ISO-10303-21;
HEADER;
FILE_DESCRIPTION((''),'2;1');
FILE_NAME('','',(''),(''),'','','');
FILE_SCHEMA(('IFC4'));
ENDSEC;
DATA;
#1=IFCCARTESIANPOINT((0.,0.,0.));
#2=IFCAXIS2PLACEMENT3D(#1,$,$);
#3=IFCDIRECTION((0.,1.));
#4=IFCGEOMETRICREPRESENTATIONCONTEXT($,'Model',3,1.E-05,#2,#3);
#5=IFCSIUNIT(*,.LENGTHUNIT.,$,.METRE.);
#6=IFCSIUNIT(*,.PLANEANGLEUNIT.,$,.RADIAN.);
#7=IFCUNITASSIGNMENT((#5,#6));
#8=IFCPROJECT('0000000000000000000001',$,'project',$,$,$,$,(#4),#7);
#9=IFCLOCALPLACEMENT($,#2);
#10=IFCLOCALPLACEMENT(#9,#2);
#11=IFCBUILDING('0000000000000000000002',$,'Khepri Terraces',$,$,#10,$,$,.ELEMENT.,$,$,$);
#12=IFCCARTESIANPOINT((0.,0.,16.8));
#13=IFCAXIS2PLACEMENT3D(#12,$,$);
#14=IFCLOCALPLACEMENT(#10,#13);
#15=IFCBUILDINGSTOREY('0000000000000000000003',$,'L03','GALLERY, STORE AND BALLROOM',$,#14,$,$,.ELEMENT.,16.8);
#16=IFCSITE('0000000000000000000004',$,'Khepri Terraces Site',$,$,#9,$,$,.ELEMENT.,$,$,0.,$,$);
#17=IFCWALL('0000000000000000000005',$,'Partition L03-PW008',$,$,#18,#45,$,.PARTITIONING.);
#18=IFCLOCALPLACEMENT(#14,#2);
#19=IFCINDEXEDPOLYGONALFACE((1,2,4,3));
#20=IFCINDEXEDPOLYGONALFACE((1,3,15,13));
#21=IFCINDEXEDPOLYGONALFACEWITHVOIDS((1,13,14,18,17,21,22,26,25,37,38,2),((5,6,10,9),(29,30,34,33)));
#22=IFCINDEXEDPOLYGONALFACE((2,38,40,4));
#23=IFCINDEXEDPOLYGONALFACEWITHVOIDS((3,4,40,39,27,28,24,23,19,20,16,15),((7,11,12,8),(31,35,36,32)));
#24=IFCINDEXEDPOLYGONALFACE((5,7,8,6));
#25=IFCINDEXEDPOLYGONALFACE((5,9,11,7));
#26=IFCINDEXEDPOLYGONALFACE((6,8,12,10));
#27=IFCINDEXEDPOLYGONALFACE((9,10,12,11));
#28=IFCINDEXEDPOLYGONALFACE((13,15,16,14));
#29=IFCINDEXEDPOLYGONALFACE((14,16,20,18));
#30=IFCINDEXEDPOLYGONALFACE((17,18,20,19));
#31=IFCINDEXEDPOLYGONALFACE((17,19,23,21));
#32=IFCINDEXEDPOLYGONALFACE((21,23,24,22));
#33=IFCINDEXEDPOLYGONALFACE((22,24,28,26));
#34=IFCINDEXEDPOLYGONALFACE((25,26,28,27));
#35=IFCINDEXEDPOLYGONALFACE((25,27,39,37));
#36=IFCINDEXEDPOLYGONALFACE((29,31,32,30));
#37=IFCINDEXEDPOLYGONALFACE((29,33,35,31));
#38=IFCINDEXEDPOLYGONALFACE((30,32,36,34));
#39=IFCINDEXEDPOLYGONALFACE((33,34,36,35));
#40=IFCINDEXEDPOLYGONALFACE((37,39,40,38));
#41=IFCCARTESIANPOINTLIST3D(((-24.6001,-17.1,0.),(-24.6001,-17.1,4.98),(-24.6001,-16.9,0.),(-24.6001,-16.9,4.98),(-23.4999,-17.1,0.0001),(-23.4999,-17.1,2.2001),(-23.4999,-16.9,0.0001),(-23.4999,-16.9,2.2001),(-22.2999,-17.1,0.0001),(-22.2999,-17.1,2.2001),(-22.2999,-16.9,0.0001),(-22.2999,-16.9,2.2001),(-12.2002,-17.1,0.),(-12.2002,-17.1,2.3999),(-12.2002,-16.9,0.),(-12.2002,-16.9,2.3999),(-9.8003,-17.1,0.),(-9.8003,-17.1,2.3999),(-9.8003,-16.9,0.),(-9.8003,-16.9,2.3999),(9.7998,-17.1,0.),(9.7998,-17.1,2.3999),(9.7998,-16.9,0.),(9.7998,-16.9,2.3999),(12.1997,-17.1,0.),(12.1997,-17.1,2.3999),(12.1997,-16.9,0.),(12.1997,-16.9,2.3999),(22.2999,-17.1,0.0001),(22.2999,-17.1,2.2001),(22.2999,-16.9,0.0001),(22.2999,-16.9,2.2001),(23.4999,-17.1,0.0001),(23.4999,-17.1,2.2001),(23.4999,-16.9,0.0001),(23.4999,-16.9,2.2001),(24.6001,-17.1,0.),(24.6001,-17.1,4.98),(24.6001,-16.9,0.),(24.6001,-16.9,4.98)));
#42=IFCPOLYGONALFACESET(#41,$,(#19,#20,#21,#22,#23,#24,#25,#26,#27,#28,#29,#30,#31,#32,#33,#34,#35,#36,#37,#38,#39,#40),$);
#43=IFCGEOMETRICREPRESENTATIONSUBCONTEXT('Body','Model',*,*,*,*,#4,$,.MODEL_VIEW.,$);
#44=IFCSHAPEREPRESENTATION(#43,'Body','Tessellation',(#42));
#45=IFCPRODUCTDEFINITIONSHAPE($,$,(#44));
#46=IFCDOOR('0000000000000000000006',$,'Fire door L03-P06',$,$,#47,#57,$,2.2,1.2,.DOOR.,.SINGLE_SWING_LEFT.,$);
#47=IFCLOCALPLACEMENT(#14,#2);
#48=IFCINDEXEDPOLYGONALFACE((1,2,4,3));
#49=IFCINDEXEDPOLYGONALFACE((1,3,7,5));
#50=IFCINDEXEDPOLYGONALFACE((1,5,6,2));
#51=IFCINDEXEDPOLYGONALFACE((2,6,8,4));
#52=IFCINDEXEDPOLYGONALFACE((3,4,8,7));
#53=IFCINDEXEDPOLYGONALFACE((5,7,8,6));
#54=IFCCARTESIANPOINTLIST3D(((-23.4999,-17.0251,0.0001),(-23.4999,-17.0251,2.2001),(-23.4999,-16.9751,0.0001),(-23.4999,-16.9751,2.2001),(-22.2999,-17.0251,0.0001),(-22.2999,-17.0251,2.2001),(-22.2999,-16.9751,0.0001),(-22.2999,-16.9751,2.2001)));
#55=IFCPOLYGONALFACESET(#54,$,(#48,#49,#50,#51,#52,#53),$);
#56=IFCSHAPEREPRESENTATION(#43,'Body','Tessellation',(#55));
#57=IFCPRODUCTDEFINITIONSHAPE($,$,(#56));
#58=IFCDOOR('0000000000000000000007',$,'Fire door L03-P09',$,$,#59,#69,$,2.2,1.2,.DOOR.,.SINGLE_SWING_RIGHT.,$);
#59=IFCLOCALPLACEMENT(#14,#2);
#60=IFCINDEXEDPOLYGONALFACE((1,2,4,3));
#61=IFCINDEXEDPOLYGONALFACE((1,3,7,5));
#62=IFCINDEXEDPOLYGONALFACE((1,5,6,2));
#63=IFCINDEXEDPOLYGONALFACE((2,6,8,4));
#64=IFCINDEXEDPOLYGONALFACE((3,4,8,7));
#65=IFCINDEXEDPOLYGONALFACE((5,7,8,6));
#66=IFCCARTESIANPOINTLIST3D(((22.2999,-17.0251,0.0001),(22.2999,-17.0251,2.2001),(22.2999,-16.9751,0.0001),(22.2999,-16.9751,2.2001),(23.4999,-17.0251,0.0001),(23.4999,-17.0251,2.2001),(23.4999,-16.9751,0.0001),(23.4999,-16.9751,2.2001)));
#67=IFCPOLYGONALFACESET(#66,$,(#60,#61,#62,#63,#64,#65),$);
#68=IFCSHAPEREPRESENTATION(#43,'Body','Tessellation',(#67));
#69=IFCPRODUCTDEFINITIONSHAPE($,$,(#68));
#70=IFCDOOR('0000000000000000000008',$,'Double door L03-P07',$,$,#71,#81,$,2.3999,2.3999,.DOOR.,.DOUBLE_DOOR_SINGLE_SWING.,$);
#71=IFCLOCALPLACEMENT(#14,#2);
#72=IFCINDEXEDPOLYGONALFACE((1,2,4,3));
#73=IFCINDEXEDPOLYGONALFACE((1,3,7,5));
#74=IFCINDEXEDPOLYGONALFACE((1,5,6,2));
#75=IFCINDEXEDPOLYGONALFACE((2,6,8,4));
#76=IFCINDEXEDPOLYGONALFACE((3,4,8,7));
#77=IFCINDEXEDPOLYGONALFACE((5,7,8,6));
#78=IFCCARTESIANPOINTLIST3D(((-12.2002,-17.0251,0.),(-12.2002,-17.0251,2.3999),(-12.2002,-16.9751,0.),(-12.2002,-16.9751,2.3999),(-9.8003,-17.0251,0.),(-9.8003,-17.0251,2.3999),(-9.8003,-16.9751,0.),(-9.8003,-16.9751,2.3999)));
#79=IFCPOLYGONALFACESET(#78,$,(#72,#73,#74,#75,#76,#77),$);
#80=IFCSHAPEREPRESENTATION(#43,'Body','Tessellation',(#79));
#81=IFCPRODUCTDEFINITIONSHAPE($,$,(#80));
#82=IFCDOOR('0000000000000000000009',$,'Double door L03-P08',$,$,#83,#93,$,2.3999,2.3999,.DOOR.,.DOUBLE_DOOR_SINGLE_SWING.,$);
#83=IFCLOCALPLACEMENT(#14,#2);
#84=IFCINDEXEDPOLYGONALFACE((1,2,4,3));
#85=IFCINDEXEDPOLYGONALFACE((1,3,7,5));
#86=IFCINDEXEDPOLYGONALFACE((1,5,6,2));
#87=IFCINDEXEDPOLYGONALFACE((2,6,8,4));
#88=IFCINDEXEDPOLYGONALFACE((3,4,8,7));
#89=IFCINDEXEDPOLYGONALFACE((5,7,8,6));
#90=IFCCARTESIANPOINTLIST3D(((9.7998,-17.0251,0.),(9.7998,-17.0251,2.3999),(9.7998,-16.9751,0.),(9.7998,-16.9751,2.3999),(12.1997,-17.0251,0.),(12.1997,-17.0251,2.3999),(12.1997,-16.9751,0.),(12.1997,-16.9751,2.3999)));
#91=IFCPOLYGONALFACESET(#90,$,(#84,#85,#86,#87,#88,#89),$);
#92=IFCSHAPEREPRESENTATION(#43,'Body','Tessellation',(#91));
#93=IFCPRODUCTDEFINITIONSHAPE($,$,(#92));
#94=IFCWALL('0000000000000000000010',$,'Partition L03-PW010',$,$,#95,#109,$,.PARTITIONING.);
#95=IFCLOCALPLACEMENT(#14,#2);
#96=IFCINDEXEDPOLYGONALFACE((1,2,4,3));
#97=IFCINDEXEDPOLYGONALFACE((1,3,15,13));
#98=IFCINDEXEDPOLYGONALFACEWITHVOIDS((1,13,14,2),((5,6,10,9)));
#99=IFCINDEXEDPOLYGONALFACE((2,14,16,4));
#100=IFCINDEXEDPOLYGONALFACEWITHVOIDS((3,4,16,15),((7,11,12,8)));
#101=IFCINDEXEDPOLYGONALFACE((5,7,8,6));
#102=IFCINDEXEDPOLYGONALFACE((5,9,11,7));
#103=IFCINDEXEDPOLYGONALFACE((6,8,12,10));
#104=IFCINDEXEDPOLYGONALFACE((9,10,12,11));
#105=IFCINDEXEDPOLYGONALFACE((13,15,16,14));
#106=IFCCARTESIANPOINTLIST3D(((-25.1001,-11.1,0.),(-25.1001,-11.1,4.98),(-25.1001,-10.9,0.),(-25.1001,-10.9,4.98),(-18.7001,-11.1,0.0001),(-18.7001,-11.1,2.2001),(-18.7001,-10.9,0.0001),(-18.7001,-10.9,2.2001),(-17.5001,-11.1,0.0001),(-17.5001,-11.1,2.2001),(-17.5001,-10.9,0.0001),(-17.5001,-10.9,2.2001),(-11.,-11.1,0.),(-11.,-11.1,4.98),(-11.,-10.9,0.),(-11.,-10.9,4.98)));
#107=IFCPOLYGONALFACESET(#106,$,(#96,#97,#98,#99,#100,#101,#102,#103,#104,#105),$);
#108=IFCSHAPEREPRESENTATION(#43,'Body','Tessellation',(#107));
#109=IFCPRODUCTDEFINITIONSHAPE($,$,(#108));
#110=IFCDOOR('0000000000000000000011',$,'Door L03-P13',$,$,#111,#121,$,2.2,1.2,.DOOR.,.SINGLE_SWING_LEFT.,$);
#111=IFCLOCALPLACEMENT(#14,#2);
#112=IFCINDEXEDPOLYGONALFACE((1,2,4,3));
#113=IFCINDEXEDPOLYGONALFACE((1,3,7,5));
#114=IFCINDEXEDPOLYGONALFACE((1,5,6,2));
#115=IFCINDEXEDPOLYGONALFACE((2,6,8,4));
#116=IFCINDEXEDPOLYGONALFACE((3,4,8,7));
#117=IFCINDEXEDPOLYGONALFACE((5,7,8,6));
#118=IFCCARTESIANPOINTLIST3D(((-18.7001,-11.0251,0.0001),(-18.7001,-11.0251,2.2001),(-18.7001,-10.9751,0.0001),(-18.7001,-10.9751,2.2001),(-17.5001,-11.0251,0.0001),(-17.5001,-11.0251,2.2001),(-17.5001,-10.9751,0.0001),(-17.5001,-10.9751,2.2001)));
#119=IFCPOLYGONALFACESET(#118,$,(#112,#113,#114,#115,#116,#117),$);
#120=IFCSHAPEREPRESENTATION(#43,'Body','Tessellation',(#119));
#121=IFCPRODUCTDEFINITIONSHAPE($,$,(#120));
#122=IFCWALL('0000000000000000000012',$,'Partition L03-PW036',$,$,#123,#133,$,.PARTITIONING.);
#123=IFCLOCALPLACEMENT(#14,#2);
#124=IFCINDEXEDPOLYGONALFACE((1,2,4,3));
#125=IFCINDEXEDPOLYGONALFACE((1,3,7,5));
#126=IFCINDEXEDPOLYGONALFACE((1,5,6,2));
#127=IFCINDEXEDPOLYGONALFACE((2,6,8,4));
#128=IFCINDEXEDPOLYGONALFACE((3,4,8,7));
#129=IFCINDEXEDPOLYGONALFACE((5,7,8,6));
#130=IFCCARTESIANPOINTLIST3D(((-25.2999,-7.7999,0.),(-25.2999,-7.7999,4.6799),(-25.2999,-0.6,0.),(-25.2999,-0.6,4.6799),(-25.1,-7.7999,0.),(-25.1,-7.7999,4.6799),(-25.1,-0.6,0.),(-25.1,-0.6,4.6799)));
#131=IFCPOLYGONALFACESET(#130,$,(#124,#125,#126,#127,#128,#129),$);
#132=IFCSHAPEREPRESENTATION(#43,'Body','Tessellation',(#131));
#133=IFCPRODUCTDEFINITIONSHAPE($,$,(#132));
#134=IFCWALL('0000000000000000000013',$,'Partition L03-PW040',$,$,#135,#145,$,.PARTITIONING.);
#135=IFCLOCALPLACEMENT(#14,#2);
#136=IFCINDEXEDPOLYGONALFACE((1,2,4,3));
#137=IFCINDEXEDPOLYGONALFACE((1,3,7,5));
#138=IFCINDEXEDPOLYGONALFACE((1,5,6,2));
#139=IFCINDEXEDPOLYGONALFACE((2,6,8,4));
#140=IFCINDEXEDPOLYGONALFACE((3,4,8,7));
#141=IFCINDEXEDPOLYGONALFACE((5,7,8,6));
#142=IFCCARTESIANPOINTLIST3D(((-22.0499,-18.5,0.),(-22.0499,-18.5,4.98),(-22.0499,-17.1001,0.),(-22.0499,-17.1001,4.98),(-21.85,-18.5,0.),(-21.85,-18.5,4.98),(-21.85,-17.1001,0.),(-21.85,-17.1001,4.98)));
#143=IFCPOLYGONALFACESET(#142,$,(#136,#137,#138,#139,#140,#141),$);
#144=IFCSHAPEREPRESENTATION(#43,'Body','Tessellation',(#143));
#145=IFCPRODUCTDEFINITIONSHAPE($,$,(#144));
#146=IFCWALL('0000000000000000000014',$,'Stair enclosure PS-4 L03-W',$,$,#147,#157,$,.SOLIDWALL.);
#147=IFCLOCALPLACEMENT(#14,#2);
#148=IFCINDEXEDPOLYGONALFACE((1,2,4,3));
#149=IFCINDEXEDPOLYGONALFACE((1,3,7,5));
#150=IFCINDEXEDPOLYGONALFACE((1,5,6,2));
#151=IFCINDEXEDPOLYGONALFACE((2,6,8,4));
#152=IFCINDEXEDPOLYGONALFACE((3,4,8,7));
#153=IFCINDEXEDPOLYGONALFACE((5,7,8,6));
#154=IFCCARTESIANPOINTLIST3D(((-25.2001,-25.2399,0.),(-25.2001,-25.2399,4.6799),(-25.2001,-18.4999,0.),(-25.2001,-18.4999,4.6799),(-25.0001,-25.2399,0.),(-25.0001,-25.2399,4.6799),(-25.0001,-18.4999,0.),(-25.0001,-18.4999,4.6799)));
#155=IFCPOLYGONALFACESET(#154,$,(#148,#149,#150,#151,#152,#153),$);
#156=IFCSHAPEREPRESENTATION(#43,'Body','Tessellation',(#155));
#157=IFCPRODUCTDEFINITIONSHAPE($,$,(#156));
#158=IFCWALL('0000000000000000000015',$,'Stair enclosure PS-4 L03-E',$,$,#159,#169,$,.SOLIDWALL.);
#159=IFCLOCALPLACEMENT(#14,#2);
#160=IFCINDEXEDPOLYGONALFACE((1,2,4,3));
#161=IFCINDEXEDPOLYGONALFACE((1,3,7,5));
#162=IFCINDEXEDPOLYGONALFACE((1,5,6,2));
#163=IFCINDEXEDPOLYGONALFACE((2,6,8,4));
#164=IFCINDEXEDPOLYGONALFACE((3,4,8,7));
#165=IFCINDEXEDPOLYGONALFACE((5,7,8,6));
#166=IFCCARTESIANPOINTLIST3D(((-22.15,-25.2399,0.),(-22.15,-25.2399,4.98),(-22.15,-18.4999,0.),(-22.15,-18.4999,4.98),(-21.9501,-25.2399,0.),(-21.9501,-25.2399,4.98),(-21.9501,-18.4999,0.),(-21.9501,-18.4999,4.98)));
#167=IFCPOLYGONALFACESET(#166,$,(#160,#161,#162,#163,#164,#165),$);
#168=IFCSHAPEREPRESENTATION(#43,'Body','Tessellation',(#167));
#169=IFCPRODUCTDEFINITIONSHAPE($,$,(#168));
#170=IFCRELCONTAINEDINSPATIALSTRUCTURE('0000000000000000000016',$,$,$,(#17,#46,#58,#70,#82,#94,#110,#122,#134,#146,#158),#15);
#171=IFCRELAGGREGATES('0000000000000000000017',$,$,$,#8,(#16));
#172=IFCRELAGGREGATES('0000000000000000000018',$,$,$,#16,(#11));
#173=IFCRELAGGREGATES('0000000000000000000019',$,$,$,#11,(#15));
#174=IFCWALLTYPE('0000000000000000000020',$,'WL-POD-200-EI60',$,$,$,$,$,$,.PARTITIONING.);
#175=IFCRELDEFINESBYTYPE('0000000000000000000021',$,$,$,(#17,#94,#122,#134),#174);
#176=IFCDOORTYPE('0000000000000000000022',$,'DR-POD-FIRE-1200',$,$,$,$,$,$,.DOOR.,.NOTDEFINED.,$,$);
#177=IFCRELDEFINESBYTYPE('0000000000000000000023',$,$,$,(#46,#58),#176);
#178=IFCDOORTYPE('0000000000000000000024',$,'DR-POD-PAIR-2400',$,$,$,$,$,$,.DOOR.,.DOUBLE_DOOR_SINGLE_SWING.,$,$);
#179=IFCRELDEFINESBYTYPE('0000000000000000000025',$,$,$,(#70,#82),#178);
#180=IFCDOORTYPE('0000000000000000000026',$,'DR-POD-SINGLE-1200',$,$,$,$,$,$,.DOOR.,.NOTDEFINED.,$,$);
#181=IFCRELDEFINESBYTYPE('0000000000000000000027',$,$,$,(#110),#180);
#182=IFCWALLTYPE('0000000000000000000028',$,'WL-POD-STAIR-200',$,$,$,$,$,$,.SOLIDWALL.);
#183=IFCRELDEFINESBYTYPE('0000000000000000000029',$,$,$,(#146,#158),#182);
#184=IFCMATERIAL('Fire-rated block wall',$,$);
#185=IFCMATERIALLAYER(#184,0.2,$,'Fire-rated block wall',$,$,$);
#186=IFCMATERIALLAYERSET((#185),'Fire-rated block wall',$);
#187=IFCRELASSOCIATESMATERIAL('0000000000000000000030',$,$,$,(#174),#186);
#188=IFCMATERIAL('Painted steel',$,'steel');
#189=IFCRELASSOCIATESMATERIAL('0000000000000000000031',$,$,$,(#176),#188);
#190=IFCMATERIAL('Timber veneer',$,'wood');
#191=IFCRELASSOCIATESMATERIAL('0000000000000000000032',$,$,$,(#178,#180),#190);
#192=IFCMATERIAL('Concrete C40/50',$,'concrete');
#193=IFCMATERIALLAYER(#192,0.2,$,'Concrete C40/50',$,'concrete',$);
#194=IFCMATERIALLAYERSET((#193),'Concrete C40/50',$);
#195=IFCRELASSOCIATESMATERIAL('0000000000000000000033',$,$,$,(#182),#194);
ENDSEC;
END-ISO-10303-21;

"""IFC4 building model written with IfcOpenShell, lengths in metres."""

from ifc_helpers import new_model, si_unit, direction, frame, frame_2d, origin, place, context, subcontext, project, spatial, rectangle, extrude, material, layer, layer_set, type_object, element, fill, save


model = new_model("IFC4")

# Units and contexts
model_context = context("Model", 3, precision=1e-05, world=origin(), true_north=direction((0.0, 1.0)))
body_context = subcontext(model_context, "Body", "Model", "MODEL_VIEW")
ifc_project = project(units=[si_unit("LENGTHUNIT", "METRE"), si_unit("PLANEANGLEUNIT", "RADIAN")], contexts=[model_context])

# Site, building, storey
site_placement = place(None, origin())
site = spatial("IfcSite", under=ifc_project, at=site_placement, Name="Khepri Terraces Site", CompositionType="ELEMENT", RefElevation=0.0)
building_placement = place(site_placement, origin())
building = spatial("IfcBuilding", under=site, at=building_placement, Name="Khepri Terraces", CompositionType="ELEMENT")
storey_placement = place(building_placement, frame((0.0, 0.0, 16.8)))
storey = spatial("IfcBuildingStorey", under=building, at=storey_placement, Name="L03", Description="GALLERY, STORE AND BALLROOM", CompositionType="ELEMENT", Elevation=16.8)

# Shared definitions
ifc_material_1 = material(Name="Fire-rated block wall")
ifc_layer_1 = layer(ifc_material_1, 0.2, Name="Fire-rated block wall")
ifc_layer_set_1 = layer_set([ifc_layer_1], Name="Fire-rated block wall")
wall_type_1 = type_object("IfcWallType", Name="WL-POD-200-EI60", PredefinedType="PARTITIONING", material=ifc_layer_set_1)

# Wall, openings, doors
wall_1_placement = place(storey_placement, frame((-24.6001, -17.0, 0.0), z_axis=(0.0, 0.0, 1.0), x_axis=(1.0, 0.0, 0.0)))
wall_1 = element("IfcWall", 1, at=wall_1_placement, inside=storey, type_object=wall_type_1, Name="Partition L03-PW008", PredefinedType="PARTITIONING", context=body_context, shape_type="SweptSolid", body=[
    extrude(rectangle(XDim=49.2002, YDim=0.2, at=frame_2d((24.6001, 0.0))), origin(), (0.0, 0.0, 1.0), 4.98),
])
opening_1_placement = place(wall_1_placement, frame((1.1001, 0.0, 0.0)))
opening_1 = element("IfcOpeningElement", 2, at=opening_1_placement, cuts=wall_1, PredefinedType="OPENING", context=body_context, shape_type="SweptSolid", body=[
    extrude(rectangle(XDim=1.2, YDim=2.2, at=frame_2d((0.6001, 1.1001))), frame((0.0, 0.1099, 0.0), z_axis=(0.0, -1.0, 0.0), x_axis=(1.0, 0.0, 0.0)), (0.0, 0.0, 1.0), 0.22),
])
opening_2_placement = place(wall_1_placement, frame((12.3999, 0.0, 0.0)))
opening_2 = element("IfcOpeningElement", 3, at=opening_2_placement, cuts=wall_1, PredefinedType="OPENING", context=body_context, shape_type="SweptSolid", body=[
    extrude(rectangle(XDim=2.3999, YDim=2.3999, at=frame_2d((1.2, 1.2))), frame((0.0, 0.1099, 0.0), z_axis=(0.0, -1.0, 0.0), x_axis=(1.0, 0.0, 0.0)), (0.0, 0.0, 1.0), 0.22),
])
opening_3_placement = place(wall_1_placement, frame((34.3999, 0.0, 0.0)))
opening_3 = element("IfcOpeningElement", 4, at=opening_3_placement, cuts=wall_1, PredefinedType="OPENING", context=body_context, shape_type="SweptSolid", body=[
    extrude(rectangle(XDim=2.3999, YDim=2.3999, at=frame_2d((1.2, 1.2))), frame((0.0, 0.1099, 0.0), z_axis=(0.0, -1.0, 0.0), x_axis=(1.0, 0.0, 0.0)), (0.0, 0.0, 1.0), 0.22),
])
opening_4_placement = place(wall_1_placement, frame((46.8999, 0.0, 0.0)))
opening_4 = element("IfcOpeningElement", 5, at=opening_4_placement, cuts=wall_1, PredefinedType="OPENING", context=body_context, shape_type="SweptSolid", body=[
    extrude(rectangle(XDim=1.2, YDim=2.2, at=frame_2d((0.6001, 1.1001))), frame((0.0, 0.1099, 0.0), z_axis=(0.0, -1.0, 0.0), x_axis=(1.0, 0.0, 0.0)), (0.0, 0.0, 1.0), 0.22),
])
ifc_material_2 = material(Name="Painted steel", Category="steel")
door_type_1 = type_object("IfcDoorType", Name="DR-POD-FIRE-1200", OperationType="NOTDEFINED", PredefinedType="DOOR", material=ifc_material_2)
door_1_placement = place(opening_1_placement, origin())
door_1 = element("IfcDoor", 6, at=door_1_placement, inside=storey, type_object=door_type_1, Name="Fire door L03-P06", OperationType="SINGLE_SWING_LEFT", OverallHeight=2.2, OverallWidth=1.2, PredefinedType="DOOR", context=body_context, shape_type="SweptSolid", body=[
    extrude(rectangle(XDim=1.2, YDim=2.2, at=frame_2d((0.6001, 1.1001))), frame((0.0, 0.0249, 0.0), z_axis=(0.0, -1.0, 0.0), x_axis=(1.0, 0.0, 0.0)), (0.0, 0.0, 1.0), 0.05),
])
fill(opening_1, door_1)
door_2_placement = place(opening_4_placement, origin())
door_2 = element("IfcDoor", 7, at=door_2_placement, inside=storey, type_object=door_type_1, Name="Fire door L03-P09", OperationType="SINGLE_SWING_RIGHT", OverallHeight=2.2, OverallWidth=1.2, PredefinedType="DOOR", context=body_context, shape_type="SweptSolid", body=[
    extrude(rectangle(XDim=1.2, YDim=2.2, at=frame_2d((0.6001, 1.1001))), frame((0.0, 0.0249, 0.0), z_axis=(0.0, -1.0, 0.0), x_axis=(1.0, 0.0, 0.0)), (0.0, 0.0, 1.0), 0.05),
])
fill(opening_4, door_2)
ifc_material_3 = material(Name="Timber veneer", Category="wood")
door_type_2 = type_object("IfcDoorType", Name="DR-POD-PAIR-2400", OperationType="DOUBLE_DOOR_SINGLE_SWING", PredefinedType="DOOR", material=ifc_material_3)
door_3_placement = place(opening_2_placement, origin())
door_3 = element("IfcDoor", 8, at=door_3_placement, inside=storey, type_object=door_type_2, Name="Double door L03-P07", OperationType="DOUBLE_DOOR_SINGLE_SWING", OverallHeight=2.3999, OverallWidth=2.3999, PredefinedType="DOOR", context=body_context, shape_type="SweptSolid", body=[
    extrude(rectangle(XDim=2.3999, YDim=2.3999, at=frame_2d((1.2, 1.2))), frame((0.0, 0.0249, 0.0), z_axis=(0.0, -1.0, 0.0), x_axis=(1.0, 0.0, 0.0)), (0.0, 0.0, 1.0), 0.05),
])
fill(opening_2, door_3)
door_4_placement = place(opening_3_placement, origin())
door_4 = element("IfcDoor", 9, at=door_4_placement, inside=storey, type_object=door_type_2, Name="Double door L03-P08", OperationType="DOUBLE_DOOR_SINGLE_SWING", OverallHeight=2.3999, OverallWidth=2.3999, PredefinedType="DOOR", context=body_context, shape_type="SweptSolid", body=[
    extrude(rectangle(XDim=2.3999, YDim=2.3999, at=frame_2d((1.2, 1.2))), frame((0.0, 0.0249, 0.0), z_axis=(0.0, -1.0, 0.0), x_axis=(1.0, 0.0, 0.0)), (0.0, 0.0, 1.0), 0.05),
])
fill(opening_3, door_4)

# Wall, opening, door
wall_2_placement = place(storey_placement, frame((-25.1001, -11.0, 0.0), z_axis=(0.0, 0.0, 1.0), x_axis=(1.0, 0.0, 0.0)))
wall_2 = element("IfcWall", 10, at=wall_2_placement, inside=storey, type_object=wall_type_1, Name="Partition L03-PW010", PredefinedType="PARTITIONING", context=body_context, shape_type="SweptSolid", body=[
    extrude(rectangle(XDim=14.1001, YDim=0.2, at=frame_2d((7.05, 0.0))), origin(), (0.0, 0.0, 1.0), 4.98),
])
opening_5_placement = place(wall_2_placement, frame((6.3999, 0.0, 0.0)))
opening_5 = element("IfcOpeningElement", 11, at=opening_5_placement, cuts=wall_2, PredefinedType="OPENING", context=body_context, shape_type="SweptSolid", body=[
    extrude(rectangle(XDim=1.2, YDim=2.2, at=frame_2d((0.6001, 1.1001))), frame((0.0, 0.1099, 0.0), z_axis=(0.0, -1.0, 0.0), x_axis=(1.0, 0.0, 0.0)), (0.0, 0.0, 1.0), 0.22),
])
door_type_3 = type_object("IfcDoorType", Name="DR-POD-SINGLE-1200", OperationType="NOTDEFINED", PredefinedType="DOOR", material=ifc_material_3)
door_5_placement = place(opening_5_placement, origin())
door_5 = element("IfcDoor", 12, at=door_5_placement, inside=storey, type_object=door_type_3, Name="Door L03-P13", OperationType="SINGLE_SWING_LEFT", OverallHeight=2.2, OverallWidth=1.2, PredefinedType="DOOR", context=body_context, shape_type="SweptSolid", body=[
    extrude(rectangle(XDim=1.2, YDim=2.2, at=frame_2d((0.6001, 1.1001))), frame((0.0, 0.0249, 0.0), z_axis=(0.0, -1.0, 0.0), x_axis=(1.0, 0.0, 0.0)), (0.0, 0.0, 1.0), 0.05),
])
fill(opening_5, door_5)

# Walls
wall_3_placement = place(storey_placement, frame((-25.2, -7.8, 0.0), z_axis=(0.0, 0.0, 1.0), x_axis=(0.0, 1.0, 0.0)))
element("IfcWall", 13, at=wall_3_placement, inside=storey, type_object=wall_type_1, Name="Partition L03-PW036", PredefinedType="PARTITIONING", context=body_context, shape_type="SweptSolid", body=[
    extrude(rectangle(XDim=7.2, YDim=0.2, at=frame_2d((3.6001, 0.0))), origin(), (0.0, 0.0, 1.0), 4.6799),
])
wall_4_placement = place(storey_placement, frame((-21.95, -18.5, 0.0), z_axis=(0.0, 0.0, 1.0), x_axis=(0.0, 1.0, 0.0)))
element("IfcWall", 14, at=wall_4_placement, inside=storey, type_object=wall_type_1, Name="Partition L03-PW040", PredefinedType="PARTITIONING", context=body_context, shape_type="SweptSolid", body=[
    extrude(rectangle(XDim=1.3999, YDim=0.2, at=frame_2d((0.7, 0.0))), origin(), (0.0, 0.0, 1.0), 4.98),
])
ifc_material_4 = material(Name="Concrete C40/50", Category="concrete")
ifc_layer_2 = layer(ifc_material_4, 0.2, Name="Concrete C40/50", Category="concrete")
ifc_layer_set_2 = layer_set([ifc_layer_2], Name="Concrete C40/50")
wall_type_2 = type_object("IfcWallType", Name="WL-POD-STAIR-200", PredefinedType="SOLIDWALL", material=ifc_layer_set_2)
wall_5_placement = place(storey_placement, frame((-25.1001, -25.24, 0.0), z_axis=(0.0, 0.0, 1.0), x_axis=(0.0, 1.0, 0.0)))
element("IfcWall", 15, at=wall_5_placement, inside=storey, type_object=wall_type_2, Name="Stair enclosure PS-4 L03-W", PredefinedType="SOLIDWALL", context=body_context, shape_type="SweptSolid", body=[
    extrude(rectangle(XDim=6.74, YDim=0.2, at=frame_2d((3.3701, 0.0))), origin(), (0.0, 0.0, 1.0), 4.6799),
])
wall_6_placement = place(storey_placement, frame((-22.05, -25.24, 0.0), z_axis=(0.0, 0.0, 1.0), x_axis=(0.0, 1.0, 0.0)))
element("IfcWall", 16, at=wall_6_placement, inside=storey, type_object=wall_type_2, Name="Stair enclosure PS-4 L03-E", PredefinedType="SOLIDWALL", context=body_context, shape_type="SweptSolid", body=[
    extrude(rectangle(XDim=6.74, YDim=0.2, at=frame_2d((3.3701, 0.0))), origin(), (0.0, 0.0, 1.0), 4.98),
])

save(model, "model.ifc")
